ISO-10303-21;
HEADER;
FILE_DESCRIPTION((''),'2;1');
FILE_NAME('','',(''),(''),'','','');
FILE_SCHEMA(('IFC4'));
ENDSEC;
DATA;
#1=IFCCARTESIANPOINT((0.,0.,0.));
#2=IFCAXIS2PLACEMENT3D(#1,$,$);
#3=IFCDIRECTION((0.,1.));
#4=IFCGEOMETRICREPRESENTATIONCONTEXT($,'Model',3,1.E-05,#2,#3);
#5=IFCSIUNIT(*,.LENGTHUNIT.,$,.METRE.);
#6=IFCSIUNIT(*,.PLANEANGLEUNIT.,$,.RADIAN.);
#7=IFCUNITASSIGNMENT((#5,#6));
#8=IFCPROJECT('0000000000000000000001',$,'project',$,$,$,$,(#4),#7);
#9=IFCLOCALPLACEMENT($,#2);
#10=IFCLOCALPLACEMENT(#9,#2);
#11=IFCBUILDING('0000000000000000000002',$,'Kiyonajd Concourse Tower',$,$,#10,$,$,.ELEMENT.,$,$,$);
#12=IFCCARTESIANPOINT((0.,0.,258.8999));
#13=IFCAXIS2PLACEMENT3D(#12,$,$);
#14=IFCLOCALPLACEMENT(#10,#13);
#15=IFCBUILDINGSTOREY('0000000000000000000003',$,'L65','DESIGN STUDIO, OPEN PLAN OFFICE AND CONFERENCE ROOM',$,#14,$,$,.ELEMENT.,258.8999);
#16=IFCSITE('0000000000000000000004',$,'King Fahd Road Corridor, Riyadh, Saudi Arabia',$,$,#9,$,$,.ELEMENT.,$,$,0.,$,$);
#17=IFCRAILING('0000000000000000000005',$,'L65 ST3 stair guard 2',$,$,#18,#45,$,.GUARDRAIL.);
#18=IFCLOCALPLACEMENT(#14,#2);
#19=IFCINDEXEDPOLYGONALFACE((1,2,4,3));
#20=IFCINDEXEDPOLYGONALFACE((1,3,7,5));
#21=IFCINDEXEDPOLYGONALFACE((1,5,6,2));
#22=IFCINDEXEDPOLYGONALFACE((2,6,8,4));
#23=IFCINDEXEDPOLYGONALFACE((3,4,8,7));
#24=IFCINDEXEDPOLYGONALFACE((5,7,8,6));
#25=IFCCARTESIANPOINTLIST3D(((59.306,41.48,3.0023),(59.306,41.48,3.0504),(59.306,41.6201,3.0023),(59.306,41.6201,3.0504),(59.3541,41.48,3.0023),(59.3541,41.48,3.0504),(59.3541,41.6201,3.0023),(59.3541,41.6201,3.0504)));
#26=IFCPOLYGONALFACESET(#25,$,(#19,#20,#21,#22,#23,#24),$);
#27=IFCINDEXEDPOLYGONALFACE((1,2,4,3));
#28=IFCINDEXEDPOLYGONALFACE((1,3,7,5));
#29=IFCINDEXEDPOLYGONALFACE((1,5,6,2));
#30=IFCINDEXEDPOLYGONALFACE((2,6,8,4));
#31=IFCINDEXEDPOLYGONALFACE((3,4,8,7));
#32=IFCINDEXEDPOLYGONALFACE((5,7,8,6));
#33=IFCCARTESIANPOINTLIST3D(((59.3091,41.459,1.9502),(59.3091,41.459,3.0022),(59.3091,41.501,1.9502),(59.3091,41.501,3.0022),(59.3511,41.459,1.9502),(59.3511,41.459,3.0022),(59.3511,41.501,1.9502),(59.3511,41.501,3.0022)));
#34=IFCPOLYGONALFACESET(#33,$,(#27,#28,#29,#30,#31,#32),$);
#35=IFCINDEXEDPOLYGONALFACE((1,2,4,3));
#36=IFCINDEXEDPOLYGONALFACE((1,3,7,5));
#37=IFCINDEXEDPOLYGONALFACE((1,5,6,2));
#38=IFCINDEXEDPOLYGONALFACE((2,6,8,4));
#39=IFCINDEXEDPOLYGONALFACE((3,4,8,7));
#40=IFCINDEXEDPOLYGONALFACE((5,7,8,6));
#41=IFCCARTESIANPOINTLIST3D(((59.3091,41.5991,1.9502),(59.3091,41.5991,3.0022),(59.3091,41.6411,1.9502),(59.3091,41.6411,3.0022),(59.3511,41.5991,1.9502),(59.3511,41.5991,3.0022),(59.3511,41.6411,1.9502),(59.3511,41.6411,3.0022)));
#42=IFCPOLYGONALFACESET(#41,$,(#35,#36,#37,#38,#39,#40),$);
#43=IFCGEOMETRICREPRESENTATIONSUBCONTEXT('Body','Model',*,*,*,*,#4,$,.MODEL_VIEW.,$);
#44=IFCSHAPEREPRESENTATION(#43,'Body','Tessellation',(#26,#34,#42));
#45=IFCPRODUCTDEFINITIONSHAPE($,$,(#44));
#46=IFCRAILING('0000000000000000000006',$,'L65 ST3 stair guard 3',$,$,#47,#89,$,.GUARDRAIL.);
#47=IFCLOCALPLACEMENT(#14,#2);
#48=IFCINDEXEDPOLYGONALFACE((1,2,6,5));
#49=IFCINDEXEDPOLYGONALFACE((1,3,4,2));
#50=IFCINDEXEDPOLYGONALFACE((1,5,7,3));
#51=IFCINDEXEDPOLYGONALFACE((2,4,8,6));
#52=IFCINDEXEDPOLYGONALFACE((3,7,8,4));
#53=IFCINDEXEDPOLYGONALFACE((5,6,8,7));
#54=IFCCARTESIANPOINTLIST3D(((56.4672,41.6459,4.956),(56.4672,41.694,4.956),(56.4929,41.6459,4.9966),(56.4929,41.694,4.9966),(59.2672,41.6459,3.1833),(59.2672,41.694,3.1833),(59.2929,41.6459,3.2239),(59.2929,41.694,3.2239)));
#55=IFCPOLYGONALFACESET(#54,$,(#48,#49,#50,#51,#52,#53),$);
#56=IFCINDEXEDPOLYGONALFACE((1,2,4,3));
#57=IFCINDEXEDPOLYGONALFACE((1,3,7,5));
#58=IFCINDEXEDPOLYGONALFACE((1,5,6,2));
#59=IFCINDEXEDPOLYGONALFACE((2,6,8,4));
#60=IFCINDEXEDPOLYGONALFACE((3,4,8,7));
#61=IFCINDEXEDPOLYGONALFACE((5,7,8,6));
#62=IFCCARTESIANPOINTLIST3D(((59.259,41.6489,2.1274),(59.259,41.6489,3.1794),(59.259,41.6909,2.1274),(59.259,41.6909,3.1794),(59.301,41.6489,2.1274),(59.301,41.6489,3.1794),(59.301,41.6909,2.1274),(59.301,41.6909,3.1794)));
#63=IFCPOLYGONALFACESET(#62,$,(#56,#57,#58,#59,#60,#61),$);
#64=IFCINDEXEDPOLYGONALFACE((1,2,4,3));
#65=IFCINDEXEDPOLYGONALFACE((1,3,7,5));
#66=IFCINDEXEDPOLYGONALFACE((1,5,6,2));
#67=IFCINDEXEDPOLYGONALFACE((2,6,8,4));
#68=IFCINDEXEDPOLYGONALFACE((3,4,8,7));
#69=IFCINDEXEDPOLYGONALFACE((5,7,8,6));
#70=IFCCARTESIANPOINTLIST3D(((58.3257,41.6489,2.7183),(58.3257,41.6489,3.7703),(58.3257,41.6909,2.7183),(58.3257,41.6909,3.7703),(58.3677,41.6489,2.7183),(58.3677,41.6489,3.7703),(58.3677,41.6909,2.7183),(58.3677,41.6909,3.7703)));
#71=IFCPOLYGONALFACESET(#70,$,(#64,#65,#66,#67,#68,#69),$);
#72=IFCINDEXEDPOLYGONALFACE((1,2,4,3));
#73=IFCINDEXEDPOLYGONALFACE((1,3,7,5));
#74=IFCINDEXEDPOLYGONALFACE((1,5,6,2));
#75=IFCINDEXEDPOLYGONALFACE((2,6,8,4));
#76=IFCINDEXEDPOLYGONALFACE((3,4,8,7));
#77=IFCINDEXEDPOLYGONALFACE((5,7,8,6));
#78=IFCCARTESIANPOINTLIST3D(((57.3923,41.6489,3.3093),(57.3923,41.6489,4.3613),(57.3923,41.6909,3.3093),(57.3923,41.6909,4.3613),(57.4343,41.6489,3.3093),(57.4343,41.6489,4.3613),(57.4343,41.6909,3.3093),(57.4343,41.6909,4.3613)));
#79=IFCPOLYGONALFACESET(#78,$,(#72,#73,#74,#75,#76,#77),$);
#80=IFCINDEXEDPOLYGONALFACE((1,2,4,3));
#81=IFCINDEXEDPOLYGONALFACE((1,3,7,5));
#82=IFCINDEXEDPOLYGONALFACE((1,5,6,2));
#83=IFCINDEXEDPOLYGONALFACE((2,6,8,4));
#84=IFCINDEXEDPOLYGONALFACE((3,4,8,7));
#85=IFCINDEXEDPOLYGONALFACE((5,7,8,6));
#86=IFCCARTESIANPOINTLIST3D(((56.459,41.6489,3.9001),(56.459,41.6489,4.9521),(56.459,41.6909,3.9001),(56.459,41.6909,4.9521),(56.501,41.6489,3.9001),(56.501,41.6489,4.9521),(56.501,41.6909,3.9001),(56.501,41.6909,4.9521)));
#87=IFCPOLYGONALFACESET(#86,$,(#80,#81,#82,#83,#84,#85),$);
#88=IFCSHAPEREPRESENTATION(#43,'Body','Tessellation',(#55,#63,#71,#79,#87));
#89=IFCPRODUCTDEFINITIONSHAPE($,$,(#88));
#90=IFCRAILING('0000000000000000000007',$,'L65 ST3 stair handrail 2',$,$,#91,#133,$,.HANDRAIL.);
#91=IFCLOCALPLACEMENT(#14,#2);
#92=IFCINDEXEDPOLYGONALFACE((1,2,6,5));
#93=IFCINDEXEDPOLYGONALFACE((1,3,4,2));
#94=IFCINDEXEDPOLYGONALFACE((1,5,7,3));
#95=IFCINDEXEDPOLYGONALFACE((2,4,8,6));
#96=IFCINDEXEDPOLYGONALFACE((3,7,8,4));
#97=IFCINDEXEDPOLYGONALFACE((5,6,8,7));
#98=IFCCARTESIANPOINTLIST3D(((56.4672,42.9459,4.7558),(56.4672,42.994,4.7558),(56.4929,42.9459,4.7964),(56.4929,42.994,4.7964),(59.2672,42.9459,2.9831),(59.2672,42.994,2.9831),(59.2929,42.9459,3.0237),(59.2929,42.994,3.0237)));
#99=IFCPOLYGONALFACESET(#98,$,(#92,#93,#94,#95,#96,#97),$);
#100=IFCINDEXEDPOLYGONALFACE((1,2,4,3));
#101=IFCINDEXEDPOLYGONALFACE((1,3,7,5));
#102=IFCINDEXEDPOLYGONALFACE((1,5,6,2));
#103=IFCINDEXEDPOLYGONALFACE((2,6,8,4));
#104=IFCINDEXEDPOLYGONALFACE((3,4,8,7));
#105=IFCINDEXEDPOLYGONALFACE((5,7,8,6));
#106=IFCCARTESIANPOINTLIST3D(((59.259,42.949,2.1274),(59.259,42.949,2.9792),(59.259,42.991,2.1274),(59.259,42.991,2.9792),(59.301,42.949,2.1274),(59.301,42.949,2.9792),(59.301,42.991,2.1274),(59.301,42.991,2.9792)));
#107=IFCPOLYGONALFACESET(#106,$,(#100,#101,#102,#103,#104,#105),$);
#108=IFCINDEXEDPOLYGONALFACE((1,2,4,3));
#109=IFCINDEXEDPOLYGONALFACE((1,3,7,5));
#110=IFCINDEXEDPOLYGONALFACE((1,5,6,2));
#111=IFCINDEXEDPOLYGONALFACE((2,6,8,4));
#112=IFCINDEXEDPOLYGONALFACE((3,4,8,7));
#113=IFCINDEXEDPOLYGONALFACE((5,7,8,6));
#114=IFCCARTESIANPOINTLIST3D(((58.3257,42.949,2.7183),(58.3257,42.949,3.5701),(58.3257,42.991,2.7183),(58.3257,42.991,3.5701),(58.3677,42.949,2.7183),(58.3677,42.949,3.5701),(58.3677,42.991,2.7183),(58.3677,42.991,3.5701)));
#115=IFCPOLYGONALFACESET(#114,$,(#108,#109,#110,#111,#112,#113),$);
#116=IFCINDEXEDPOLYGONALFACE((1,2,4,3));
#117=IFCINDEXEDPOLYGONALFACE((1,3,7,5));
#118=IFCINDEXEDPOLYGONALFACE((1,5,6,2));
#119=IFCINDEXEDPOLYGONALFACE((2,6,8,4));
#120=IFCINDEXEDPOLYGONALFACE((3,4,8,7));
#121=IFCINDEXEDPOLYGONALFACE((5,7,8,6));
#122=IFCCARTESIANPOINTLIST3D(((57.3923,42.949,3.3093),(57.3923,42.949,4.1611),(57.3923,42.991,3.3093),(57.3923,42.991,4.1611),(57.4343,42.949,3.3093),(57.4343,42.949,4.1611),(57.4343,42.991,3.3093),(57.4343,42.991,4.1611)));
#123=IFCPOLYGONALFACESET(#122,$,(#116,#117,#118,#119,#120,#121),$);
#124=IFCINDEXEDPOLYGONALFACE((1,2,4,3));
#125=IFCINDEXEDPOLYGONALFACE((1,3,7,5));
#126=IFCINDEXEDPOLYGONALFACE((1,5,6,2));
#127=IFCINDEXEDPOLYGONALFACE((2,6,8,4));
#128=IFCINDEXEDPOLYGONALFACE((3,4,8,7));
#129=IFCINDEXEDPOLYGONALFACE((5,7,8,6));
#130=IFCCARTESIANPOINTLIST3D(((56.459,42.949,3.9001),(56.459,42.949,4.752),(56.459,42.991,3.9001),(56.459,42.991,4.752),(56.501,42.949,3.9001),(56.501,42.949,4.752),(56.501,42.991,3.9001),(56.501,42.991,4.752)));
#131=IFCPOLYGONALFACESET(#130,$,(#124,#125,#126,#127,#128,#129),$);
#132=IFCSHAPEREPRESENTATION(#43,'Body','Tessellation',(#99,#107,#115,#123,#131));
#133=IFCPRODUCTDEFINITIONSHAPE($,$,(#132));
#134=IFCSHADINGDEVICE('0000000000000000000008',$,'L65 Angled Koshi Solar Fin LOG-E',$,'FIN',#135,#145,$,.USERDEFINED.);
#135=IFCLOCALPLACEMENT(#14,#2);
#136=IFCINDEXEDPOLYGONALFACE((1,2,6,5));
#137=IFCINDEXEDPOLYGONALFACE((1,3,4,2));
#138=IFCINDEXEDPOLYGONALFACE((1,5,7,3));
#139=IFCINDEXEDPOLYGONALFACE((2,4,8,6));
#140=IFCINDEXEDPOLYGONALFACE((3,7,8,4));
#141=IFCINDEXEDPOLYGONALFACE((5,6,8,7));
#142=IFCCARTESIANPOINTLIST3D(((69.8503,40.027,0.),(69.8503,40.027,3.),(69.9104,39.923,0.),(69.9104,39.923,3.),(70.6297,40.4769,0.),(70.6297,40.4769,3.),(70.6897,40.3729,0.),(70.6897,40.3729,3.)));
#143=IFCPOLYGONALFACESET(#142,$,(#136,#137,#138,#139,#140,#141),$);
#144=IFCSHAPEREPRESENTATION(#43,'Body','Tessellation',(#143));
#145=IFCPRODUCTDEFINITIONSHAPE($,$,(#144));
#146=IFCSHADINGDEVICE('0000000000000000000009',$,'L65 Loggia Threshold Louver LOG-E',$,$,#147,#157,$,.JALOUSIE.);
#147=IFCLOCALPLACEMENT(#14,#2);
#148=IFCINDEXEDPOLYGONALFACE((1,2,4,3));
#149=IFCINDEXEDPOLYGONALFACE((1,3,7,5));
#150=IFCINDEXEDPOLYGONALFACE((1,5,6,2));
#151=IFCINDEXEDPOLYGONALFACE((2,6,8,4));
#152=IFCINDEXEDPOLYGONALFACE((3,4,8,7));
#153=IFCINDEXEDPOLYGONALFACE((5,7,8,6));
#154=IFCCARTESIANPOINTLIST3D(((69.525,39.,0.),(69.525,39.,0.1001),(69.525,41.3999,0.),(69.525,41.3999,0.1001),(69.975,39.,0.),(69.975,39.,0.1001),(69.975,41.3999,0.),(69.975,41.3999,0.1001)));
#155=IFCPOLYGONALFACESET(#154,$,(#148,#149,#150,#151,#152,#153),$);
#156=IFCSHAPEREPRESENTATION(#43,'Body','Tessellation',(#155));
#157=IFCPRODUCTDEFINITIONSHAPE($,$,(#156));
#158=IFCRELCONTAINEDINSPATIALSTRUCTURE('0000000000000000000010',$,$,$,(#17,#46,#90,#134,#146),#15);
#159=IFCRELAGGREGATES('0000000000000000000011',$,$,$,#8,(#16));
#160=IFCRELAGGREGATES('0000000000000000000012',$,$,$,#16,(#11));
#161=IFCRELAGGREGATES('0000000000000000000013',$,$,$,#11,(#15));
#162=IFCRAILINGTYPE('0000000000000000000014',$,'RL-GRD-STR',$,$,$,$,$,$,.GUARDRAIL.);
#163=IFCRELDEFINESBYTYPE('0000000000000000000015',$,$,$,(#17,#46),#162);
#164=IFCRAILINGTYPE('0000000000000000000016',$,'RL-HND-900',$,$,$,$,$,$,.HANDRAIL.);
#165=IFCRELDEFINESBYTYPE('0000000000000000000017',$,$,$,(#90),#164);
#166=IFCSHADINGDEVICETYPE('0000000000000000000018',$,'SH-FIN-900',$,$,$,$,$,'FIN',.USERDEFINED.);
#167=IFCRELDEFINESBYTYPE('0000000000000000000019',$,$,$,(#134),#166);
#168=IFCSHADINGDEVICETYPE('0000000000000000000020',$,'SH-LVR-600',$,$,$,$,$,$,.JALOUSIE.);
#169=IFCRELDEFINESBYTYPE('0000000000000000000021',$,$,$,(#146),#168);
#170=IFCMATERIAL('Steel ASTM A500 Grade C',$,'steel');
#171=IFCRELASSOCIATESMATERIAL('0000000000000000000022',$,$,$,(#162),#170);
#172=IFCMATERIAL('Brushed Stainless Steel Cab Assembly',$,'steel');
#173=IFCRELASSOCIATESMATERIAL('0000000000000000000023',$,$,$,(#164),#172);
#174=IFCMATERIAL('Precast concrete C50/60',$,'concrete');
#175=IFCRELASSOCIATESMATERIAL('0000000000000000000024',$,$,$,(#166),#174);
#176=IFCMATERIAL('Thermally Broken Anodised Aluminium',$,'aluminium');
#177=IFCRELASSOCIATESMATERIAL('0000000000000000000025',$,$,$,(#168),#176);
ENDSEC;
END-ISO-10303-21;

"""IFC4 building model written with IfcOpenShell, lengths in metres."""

from ifc_helpers import new_model, si_unit, direction, frame, origin, origin_2d, place, context, subcontext, project, spatial, rectangle, extrude, material, type_object, element, save


model = new_model("IFC4")

# Units and contexts
model_context = context("Model", 3, precision=1e-05, world=origin(), true_north=direction((0.0, 1.0)))
body_context = subcontext(model_context, "Body", "Model", "MODEL_VIEW")
ifc_project = project(units=[si_unit("LENGTHUNIT", "METRE"), si_unit("PLANEANGLEUNIT", "RADIAN")], contexts=[model_context])

# Site, building, storey
site_placement = place(None, origin())
site = spatial("IfcSite", under=ifc_project, at=site_placement, Name="King Fahd Road Corridor, Riyadh, Saudi Arabia", CompositionType="ELEMENT", RefElevation=0.0)
building_placement = place(site_placement, origin())
building = spatial("IfcBuilding", under=site, at=building_placement, Name="Kiyonajd Concourse Tower", CompositionType="ELEMENT")
storey_placement = place(building_placement, frame((0.0, 0.0, 258.8999)))
storey = spatial("IfcBuildingStorey", under=building, at=storey_placement, Name="L65", Description="DESIGN STUDIO, OPEN PLAN OFFICE AND CONFERENCE ROOM", CompositionType="ELEMENT", Elevation=258.8999)

# Shared definitions
ifc_material_1 = material(Name="Thermally Broken Anodised Aluminium", Category="aluminium")

# Shared definitions
ifc_material_2 = material(Name="Precast concrete C50/60", Category="concrete")

# Shared definitions
ifc_material_3 = material(Name="Brushed Stainless Steel Cab Assembly", Category="steel")

# Railings
ifc_material_4 = material(Name="Steel ASTM A500 Grade C", Category="steel")
railing_type_1 = type_object("IfcRailingType", Name="RL-GRD-STR", PredefinedType="GUARDRAIL", material=ifc_material_4)
railing_1_placement = place(storey_placement, frame((59.3301, 41.48, 1.9502)))
element("IfcRailing", 1, at=railing_1_placement, inside=storey, type_object=railing_type_1, Name="L65 ST3 stair guard 2", PredefinedType="GUARDRAIL", context=body_context, shape_type="SweptSolid", body=[
    extrude(rectangle(XDim=0.0481, YDim=0.0481, at=origin_2d()), frame((0.0, 0.0, 1.0762), z_axis=(0.0, 1.0, 0.0), x_axis=(-1.0, 0.0, 0.0)), (0.0, 0.0, 1.0), 0.1401),
    extrude(rectangle(XDim=0.042, YDim=0.042, at=origin_2d()), origin(), (0.0, 0.0, 1.0), 1.052),
    extrude(rectangle(XDim=0.042, YDim=0.042, at=origin_2d()), frame((0.0, 0.1401, 0.0)), (0.0, 0.0, 1.0), 1.052),
])
railing_2_placement = place(storey_placement, frame((59.28, 41.6699, 2.1274)))
element("IfcRailing", 2, at=railing_2_placement, inside=storey, type_object=railing_type_1, Name="L65 ST3 stair guard 3", PredefinedType="GUARDRAIL", context=body_context, shape_type="SweptSolid", body=[
    extrude(rectangle(XDim=0.0481, YDim=0.0481, at=origin_2d()), frame((0.0, 0.0, 1.0762), z_axis=(-0.844909, 0.0, 0.53491), x_axis=(0.0, -1.0, 0.0)), (0.0, 0.0, 1.0), 3.314),
    extrude(rectangle(XDim=0.042, YDim=0.042, at=origin_2d()), origin(), (0.0, 0.0, 1.0), 1.052),
    extrude(rectangle(XDim=0.042, YDim=0.042, at=origin_2d()), frame((-0.9333, 0.0, 0.5908)), (0.0, 0.0, 1.0), 1.052),
    extrude(rectangle(XDim=0.042, YDim=0.042, at=origin_2d()), frame((-1.8667, 0.0, 1.1819)), (0.0, 0.0, 1.0), 1.052),
    extrude(rectangle(XDim=0.042, YDim=0.042, at=origin_2d()), frame((-2.8, 0.0, 1.7727)), (0.0, 0.0, 1.0), 1.052),
])
railing_type_2 = type_object("IfcRailingType", Name="RL-HND-900", PredefinedType="HANDRAIL", material=ifc_material_3)
railing_3_placement = place(storey_placement, frame((59.28, 42.97, 2.1274)))
element("IfcRailing", 3, at=railing_3_placement, inside=storey, type_object=railing_type_2, Name="L65 ST3 stair handrail 2", PredefinedType="HANDRAIL", context=body_context, shape_type="SweptSolid", body=[
    extrude(rectangle(XDim=0.0481, YDim=0.0481, at=origin_2d()), frame((0.0, 0.0, 0.876), z_axis=(-0.844909, 0.0, 0.53491), x_axis=(0.0, -1.0, 0.0)), (0.0, 0.0, 1.0), 3.314),
    extrude(rectangle(XDim=0.042, YDim=0.042, at=origin_2d()), origin(), (0.0, 0.0, 1.0), 0.8518),
    extrude(rectangle(XDim=0.042, YDim=0.042, at=origin_2d()), frame((-0.9333, 0.0, 0.5908)), (0.0, 0.0, 1.0), 0.8518),
    extrude(rectangle(XDim=0.042, YDim=0.042, at=origin_2d()), frame((-1.8667, 0.0, 1.1819)), (0.0, 0.0, 1.0), 0.8518),
    extrude(rectangle(XDim=0.042, YDim=0.042, at=origin_2d()), frame((-2.8, 0.0, 1.7727)), (0.0, 0.0, 1.0), 0.8518),
])

# Shading devices
shading_device_type_1 = type_object("IfcShadingDeviceType", Name="SH-FIN-900", ElementType="FIN", PredefinedType="USERDEFINED", material=ifc_material_2)
shading_device_1_placement = place(storey_placement, frame((70.27, 40.2, 0.0), z_axis=(0.0, 0.0, 1.0), x_axis=(0.866025, 0.5, 0.0)))
element("IfcShadingDevice", 4, at=shading_device_1_placement, inside=storey, type_object=shading_device_type_1, Name="L65 Angled Koshi Solar Fin LOG-E", ObjectType="FIN", PredefinedType="USERDEFINED", context=body_context, shape_type="SweptSolid", body=[
    extrude(rectangle(XDim=0.8999, YDim=0.1201, at=origin_2d()), origin(), (0.0, 0.0, 1.0), 3.0),
])
shading_device_type_2 = type_object("IfcShadingDeviceType", Name="SH-LVR-600", PredefinedType="JALOUSIE", material=ifc_material_1)
shading_device_2_placement = place(storey_placement, frame((69.75, 40.2, 0.0), z_axis=(0.0, 0.0, 1.0), x_axis=(0.0, 1.0, 0.0)))
element("IfcShadingDevice", 5, at=shading_device_2_placement, inside=storey, type_object=shading_device_type_2, Name="L65 Loggia Threshold Louver LOG-E", PredefinedType="JALOUSIE", context=body_context, shape_type="SweptSolid", body=[
    extrude(rectangle(XDim=2.3999, YDim=0.45, at=origin_2d()), origin(), (0.0, 0.0, 1.0), 0.1001),
])

save(model, "model.ifc")
